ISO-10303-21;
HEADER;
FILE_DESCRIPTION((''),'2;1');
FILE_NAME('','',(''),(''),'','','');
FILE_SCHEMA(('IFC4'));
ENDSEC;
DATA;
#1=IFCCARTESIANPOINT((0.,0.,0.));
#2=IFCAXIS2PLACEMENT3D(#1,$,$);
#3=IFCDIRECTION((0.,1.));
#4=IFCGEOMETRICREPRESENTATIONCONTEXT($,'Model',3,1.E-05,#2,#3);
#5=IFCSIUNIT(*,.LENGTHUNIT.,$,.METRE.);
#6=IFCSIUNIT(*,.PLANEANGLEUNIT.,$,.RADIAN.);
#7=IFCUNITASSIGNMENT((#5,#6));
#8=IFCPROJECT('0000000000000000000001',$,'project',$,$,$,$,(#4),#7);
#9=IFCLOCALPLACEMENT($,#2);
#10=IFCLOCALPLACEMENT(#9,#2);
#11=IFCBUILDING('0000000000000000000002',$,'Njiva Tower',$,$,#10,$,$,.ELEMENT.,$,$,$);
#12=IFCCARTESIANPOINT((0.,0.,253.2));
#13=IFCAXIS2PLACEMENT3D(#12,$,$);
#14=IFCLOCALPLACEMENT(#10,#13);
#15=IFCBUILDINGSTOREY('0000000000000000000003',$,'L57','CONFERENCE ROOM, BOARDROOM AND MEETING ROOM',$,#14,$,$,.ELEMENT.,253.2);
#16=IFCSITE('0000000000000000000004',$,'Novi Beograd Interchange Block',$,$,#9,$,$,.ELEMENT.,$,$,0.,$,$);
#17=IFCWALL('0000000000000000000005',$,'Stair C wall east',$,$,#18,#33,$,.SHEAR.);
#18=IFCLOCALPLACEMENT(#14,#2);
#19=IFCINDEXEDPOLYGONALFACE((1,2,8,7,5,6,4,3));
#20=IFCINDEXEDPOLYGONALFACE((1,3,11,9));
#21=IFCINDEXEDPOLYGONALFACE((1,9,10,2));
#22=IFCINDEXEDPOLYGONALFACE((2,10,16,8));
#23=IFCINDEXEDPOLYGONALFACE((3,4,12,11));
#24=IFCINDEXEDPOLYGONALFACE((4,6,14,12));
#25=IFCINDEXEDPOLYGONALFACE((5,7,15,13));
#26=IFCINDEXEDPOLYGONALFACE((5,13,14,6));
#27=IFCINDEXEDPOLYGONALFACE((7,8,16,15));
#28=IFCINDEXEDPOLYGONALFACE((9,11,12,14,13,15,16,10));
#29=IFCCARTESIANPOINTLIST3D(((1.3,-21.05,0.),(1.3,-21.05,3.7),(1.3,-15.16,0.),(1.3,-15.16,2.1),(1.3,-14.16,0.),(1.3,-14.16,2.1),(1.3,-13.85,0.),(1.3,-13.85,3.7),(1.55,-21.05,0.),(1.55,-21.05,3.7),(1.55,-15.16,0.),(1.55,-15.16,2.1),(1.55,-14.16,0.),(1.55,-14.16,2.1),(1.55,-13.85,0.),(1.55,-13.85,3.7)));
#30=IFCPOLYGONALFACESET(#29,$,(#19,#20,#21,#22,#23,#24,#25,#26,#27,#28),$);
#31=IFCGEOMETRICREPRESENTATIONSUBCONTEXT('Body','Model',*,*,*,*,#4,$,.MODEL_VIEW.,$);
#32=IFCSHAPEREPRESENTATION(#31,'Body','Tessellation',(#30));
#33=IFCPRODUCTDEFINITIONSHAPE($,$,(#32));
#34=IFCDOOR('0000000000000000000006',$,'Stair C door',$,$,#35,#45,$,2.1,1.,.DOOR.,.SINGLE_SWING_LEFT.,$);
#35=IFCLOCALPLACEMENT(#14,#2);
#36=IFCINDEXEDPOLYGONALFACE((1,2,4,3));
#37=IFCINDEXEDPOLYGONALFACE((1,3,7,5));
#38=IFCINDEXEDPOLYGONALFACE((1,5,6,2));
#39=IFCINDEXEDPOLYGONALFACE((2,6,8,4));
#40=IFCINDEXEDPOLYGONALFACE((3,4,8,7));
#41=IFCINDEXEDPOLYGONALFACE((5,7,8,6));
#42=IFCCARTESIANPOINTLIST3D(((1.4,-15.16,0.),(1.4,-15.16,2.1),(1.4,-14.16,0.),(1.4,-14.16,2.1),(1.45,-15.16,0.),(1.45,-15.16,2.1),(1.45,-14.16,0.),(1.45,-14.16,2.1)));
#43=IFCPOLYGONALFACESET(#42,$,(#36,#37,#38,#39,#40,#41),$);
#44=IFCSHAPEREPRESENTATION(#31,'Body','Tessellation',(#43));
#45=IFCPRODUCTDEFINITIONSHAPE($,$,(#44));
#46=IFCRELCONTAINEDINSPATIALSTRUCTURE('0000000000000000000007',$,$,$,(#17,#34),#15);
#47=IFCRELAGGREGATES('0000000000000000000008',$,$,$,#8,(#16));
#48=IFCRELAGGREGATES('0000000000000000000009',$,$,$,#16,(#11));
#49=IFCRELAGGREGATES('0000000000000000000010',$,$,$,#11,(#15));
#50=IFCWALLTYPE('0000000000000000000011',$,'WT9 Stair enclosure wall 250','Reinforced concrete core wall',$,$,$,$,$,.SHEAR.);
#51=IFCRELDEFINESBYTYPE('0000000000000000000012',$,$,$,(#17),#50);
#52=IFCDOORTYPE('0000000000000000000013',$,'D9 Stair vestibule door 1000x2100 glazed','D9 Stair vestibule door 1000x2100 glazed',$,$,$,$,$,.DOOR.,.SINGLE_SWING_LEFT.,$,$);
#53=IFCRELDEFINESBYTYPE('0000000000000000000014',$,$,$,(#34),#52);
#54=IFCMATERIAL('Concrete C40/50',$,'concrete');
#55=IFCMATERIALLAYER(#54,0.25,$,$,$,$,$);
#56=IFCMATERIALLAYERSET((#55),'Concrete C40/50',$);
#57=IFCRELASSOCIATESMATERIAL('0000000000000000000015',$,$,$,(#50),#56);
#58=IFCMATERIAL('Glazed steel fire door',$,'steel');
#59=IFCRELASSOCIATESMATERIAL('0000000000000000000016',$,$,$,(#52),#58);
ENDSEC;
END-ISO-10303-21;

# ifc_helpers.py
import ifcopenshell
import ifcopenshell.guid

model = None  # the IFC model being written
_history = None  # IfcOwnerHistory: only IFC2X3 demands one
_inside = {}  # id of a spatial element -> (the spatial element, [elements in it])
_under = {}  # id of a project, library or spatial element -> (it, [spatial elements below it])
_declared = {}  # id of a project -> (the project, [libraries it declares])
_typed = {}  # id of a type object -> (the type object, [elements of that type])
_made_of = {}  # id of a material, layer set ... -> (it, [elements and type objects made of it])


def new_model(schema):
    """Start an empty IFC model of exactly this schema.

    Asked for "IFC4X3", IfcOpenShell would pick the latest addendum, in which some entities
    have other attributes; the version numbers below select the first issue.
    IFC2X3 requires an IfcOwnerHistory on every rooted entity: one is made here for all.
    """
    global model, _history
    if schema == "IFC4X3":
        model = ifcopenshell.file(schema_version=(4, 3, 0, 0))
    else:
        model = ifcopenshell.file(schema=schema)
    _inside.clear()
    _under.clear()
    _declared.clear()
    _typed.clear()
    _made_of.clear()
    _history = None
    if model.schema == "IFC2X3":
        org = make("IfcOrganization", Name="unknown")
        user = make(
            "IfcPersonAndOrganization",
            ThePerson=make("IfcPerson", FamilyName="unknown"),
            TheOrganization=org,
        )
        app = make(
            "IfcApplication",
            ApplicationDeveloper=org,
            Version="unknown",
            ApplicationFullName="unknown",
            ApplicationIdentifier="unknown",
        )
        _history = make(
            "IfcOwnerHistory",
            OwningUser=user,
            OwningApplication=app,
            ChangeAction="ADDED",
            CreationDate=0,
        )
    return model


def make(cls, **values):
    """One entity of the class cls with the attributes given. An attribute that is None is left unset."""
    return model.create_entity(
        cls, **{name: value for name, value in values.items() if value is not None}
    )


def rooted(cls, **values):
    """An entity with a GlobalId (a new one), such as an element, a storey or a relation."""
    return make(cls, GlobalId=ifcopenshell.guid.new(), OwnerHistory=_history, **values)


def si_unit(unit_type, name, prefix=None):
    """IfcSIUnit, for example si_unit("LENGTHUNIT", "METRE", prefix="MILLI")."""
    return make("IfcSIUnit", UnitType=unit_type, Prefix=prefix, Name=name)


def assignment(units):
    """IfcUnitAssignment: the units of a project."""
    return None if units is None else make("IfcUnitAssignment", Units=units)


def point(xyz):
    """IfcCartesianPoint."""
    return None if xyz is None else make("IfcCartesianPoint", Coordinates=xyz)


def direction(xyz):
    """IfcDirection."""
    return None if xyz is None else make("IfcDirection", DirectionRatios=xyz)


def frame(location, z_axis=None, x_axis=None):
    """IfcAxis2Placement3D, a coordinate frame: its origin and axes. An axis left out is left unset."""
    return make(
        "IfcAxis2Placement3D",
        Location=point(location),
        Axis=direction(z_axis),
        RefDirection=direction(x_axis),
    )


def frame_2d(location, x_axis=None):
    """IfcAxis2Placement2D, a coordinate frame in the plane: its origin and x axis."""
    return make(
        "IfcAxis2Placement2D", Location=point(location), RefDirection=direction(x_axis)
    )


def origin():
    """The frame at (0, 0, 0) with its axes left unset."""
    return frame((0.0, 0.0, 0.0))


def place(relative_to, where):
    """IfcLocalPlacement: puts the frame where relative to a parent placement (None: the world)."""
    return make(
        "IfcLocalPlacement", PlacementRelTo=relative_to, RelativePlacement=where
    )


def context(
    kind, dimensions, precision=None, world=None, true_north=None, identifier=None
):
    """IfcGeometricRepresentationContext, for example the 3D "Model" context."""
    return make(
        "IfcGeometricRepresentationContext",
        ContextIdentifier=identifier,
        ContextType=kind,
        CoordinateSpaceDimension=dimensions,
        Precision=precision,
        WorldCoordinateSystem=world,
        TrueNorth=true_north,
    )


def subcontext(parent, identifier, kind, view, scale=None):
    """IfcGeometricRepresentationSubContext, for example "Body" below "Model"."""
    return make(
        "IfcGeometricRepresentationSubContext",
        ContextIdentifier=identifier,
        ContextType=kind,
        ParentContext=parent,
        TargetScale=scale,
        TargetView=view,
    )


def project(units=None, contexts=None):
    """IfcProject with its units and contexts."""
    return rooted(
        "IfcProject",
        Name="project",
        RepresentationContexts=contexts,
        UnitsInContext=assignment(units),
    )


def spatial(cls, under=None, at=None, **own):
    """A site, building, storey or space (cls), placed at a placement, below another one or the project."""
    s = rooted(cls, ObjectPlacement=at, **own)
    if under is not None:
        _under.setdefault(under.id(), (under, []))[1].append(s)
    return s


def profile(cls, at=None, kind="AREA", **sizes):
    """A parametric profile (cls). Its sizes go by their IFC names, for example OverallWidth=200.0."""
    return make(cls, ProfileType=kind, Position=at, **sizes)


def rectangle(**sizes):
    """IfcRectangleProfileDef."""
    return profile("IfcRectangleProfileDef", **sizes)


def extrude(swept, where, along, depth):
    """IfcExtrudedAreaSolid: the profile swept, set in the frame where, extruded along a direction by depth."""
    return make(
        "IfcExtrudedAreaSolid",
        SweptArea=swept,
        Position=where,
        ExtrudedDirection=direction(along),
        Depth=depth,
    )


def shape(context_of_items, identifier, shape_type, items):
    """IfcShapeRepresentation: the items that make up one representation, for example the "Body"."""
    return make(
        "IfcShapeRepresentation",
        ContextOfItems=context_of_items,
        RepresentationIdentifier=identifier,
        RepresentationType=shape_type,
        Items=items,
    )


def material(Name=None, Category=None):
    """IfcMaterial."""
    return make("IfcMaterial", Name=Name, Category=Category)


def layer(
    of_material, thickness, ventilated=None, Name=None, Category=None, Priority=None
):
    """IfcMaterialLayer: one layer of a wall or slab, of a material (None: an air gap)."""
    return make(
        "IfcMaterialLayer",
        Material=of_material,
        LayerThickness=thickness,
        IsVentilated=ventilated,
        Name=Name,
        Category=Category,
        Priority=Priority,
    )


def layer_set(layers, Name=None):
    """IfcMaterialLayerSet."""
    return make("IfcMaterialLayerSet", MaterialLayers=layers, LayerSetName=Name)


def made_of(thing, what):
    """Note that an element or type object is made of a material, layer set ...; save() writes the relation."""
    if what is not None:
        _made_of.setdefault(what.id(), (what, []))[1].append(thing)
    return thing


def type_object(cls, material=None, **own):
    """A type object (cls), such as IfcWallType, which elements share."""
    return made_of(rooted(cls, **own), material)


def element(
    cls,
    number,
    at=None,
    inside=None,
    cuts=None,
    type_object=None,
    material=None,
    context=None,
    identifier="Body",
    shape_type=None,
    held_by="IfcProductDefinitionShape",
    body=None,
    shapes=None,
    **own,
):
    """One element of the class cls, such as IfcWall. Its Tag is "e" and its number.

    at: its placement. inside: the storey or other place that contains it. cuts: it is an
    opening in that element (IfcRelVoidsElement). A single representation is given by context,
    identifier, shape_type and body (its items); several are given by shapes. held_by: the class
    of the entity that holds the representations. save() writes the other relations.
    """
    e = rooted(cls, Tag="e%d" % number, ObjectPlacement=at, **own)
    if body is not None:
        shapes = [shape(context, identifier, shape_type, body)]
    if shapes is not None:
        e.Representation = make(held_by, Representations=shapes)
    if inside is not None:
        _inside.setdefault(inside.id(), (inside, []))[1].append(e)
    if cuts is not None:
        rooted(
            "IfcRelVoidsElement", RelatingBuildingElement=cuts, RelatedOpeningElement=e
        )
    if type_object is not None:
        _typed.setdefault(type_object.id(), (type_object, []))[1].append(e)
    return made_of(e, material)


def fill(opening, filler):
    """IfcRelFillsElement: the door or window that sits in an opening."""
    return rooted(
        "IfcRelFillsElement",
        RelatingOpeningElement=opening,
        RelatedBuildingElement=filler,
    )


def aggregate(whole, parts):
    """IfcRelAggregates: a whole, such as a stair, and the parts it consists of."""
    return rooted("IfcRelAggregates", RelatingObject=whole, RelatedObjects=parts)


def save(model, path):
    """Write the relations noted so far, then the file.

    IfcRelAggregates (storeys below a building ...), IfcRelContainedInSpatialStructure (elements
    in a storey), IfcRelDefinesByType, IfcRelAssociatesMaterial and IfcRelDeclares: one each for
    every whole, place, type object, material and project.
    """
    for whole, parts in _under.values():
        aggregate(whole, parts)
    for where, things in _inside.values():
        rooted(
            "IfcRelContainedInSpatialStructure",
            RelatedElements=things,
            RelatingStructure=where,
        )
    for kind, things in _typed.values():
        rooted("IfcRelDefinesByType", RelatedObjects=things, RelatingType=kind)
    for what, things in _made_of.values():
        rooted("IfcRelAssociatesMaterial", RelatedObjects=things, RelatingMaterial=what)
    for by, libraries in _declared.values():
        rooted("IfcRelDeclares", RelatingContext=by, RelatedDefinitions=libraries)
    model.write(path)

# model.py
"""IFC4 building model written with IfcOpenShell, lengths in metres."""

from ifc_helpers import new_model, si_unit, direction, frame, frame_2d, origin, place, context, subcontext, project, spatial, rectangle, extrude, material, layer, layer_set, type_object, element, fill, save


model = new_model("IFC4")

# Units and contexts
model_context = context("Model", 3, precision=1e-05, world=origin(), true_north=direction((0.0, 1.0)))
body_context = subcontext(model_context, "Body", "Model", "MODEL_VIEW")
ifc_project = project(units=[si_unit("LENGTHUNIT", "METRE"), si_unit("PLANEANGLEUNIT", "RADIAN")], contexts=[model_context])

# Site, building, storey
site_placement = place(None, origin())
site = spatial("IfcSite", under=ifc_project, at=site_placement, Name="Novi Beograd Interchange Block", CompositionType="ELEMENT", RefElevation=0.0)
building_placement = place(site_placement, origin())
building = spatial("IfcBuilding", under=site, at=building_placement, Name="Njiva Tower", CompositionType="ELEMENT")
storey_placement = place(building_placement, frame((0.0, 0.0, 253.2)))
storey = spatial("IfcBuildingStorey", under=building, at=storey_placement, Name="L57", Description="CONFERENCE ROOM, BOARDROOM AND MEETING ROOM", CompositionType="ELEMENT", Elevation=253.2)

# Wall, opening, door
ifc_material_1 = material(Name="Concrete C40/50", Category="concrete")
ifc_layer_1 = layer(ifc_material_1, 0.25)
ifc_layer_set_1 = layer_set([ifc_layer_1], Name="Concrete C40/50")
wall_type_1 = type_object("IfcWallType", Name="WT9 Stair enclosure wall 250", Description="Reinforced concrete core wall", PredefinedType="SHEAR", material=ifc_layer_set_1)
wall_1_placement = place(storey_placement, frame((1.425, -21.05, 0.0), z_axis=(0.0, 0.0, 1.0), x_axis=(0.0, 1.0, 0.0)))
wall_1 = element("IfcWall", 1, at=wall_1_placement, inside=storey, type_object=wall_type_1, Name="Stair C wall east", PredefinedType="SHEAR", context=body_context, shape_type="SweptSolid", body=[
    extrude(rectangle(XDim=7.2, YDim=0.25, at=frame_2d((3.6, 0.0))), origin(), (0.0, 0.0, 1.0), 3.7),
])
opening_1_placement = place(wall_1_placement, frame((5.89, 0.0, 0.0)))
opening_1 = element("IfcOpeningElement", 2, at=opening_1_placement, cuts=wall_1, PredefinedType="OPENING", context=body_context, shape_type="SweptSolid", body=[
    extrude(rectangle(XDim=1.0, YDim=2.1, at=frame_2d((0.5, 1.05))), frame((0.0, 0.135, 0.0), z_axis=(0.0, -1.0, 0.0), x_axis=(1.0, 0.0, 0.0)), (0.0, 0.0, 1.0), 0.27),
])
ifc_material_2 = material(Name="Glazed steel fire door", Category="steel")
door_type = type_object("IfcDoorType", Name="D9 Stair vestibule door 1000x2100 glazed", Description="D9 Stair vestibule door 1000x2100 glazed", OperationType="SINGLE_SWING_LEFT", PredefinedType="DOOR", material=ifc_material_2)
door_placement = place(opening_1_placement, origin())
door = element("IfcDoor", 3, at=door_placement, inside=storey, type_object=door_type, Name="Stair C door", OperationType="SINGLE_SWING_LEFT", OverallHeight=2.1, OverallWidth=1.0, PredefinedType="DOOR", context=body_context, shape_type="SweptSolid", body=[
    extrude(rectangle(XDim=1.0, YDim=2.1, at=frame_2d((0.5, 1.05))), frame((0.0, 0.025, 0.0), z_axis=(0.0, -1.0, 0.0), x_axis=(1.0, 0.0, 0.0)), (0.0, 0.0, 1.0), 0.05),
])
fill(opening_1, door)

save(model, "model.ifc")
